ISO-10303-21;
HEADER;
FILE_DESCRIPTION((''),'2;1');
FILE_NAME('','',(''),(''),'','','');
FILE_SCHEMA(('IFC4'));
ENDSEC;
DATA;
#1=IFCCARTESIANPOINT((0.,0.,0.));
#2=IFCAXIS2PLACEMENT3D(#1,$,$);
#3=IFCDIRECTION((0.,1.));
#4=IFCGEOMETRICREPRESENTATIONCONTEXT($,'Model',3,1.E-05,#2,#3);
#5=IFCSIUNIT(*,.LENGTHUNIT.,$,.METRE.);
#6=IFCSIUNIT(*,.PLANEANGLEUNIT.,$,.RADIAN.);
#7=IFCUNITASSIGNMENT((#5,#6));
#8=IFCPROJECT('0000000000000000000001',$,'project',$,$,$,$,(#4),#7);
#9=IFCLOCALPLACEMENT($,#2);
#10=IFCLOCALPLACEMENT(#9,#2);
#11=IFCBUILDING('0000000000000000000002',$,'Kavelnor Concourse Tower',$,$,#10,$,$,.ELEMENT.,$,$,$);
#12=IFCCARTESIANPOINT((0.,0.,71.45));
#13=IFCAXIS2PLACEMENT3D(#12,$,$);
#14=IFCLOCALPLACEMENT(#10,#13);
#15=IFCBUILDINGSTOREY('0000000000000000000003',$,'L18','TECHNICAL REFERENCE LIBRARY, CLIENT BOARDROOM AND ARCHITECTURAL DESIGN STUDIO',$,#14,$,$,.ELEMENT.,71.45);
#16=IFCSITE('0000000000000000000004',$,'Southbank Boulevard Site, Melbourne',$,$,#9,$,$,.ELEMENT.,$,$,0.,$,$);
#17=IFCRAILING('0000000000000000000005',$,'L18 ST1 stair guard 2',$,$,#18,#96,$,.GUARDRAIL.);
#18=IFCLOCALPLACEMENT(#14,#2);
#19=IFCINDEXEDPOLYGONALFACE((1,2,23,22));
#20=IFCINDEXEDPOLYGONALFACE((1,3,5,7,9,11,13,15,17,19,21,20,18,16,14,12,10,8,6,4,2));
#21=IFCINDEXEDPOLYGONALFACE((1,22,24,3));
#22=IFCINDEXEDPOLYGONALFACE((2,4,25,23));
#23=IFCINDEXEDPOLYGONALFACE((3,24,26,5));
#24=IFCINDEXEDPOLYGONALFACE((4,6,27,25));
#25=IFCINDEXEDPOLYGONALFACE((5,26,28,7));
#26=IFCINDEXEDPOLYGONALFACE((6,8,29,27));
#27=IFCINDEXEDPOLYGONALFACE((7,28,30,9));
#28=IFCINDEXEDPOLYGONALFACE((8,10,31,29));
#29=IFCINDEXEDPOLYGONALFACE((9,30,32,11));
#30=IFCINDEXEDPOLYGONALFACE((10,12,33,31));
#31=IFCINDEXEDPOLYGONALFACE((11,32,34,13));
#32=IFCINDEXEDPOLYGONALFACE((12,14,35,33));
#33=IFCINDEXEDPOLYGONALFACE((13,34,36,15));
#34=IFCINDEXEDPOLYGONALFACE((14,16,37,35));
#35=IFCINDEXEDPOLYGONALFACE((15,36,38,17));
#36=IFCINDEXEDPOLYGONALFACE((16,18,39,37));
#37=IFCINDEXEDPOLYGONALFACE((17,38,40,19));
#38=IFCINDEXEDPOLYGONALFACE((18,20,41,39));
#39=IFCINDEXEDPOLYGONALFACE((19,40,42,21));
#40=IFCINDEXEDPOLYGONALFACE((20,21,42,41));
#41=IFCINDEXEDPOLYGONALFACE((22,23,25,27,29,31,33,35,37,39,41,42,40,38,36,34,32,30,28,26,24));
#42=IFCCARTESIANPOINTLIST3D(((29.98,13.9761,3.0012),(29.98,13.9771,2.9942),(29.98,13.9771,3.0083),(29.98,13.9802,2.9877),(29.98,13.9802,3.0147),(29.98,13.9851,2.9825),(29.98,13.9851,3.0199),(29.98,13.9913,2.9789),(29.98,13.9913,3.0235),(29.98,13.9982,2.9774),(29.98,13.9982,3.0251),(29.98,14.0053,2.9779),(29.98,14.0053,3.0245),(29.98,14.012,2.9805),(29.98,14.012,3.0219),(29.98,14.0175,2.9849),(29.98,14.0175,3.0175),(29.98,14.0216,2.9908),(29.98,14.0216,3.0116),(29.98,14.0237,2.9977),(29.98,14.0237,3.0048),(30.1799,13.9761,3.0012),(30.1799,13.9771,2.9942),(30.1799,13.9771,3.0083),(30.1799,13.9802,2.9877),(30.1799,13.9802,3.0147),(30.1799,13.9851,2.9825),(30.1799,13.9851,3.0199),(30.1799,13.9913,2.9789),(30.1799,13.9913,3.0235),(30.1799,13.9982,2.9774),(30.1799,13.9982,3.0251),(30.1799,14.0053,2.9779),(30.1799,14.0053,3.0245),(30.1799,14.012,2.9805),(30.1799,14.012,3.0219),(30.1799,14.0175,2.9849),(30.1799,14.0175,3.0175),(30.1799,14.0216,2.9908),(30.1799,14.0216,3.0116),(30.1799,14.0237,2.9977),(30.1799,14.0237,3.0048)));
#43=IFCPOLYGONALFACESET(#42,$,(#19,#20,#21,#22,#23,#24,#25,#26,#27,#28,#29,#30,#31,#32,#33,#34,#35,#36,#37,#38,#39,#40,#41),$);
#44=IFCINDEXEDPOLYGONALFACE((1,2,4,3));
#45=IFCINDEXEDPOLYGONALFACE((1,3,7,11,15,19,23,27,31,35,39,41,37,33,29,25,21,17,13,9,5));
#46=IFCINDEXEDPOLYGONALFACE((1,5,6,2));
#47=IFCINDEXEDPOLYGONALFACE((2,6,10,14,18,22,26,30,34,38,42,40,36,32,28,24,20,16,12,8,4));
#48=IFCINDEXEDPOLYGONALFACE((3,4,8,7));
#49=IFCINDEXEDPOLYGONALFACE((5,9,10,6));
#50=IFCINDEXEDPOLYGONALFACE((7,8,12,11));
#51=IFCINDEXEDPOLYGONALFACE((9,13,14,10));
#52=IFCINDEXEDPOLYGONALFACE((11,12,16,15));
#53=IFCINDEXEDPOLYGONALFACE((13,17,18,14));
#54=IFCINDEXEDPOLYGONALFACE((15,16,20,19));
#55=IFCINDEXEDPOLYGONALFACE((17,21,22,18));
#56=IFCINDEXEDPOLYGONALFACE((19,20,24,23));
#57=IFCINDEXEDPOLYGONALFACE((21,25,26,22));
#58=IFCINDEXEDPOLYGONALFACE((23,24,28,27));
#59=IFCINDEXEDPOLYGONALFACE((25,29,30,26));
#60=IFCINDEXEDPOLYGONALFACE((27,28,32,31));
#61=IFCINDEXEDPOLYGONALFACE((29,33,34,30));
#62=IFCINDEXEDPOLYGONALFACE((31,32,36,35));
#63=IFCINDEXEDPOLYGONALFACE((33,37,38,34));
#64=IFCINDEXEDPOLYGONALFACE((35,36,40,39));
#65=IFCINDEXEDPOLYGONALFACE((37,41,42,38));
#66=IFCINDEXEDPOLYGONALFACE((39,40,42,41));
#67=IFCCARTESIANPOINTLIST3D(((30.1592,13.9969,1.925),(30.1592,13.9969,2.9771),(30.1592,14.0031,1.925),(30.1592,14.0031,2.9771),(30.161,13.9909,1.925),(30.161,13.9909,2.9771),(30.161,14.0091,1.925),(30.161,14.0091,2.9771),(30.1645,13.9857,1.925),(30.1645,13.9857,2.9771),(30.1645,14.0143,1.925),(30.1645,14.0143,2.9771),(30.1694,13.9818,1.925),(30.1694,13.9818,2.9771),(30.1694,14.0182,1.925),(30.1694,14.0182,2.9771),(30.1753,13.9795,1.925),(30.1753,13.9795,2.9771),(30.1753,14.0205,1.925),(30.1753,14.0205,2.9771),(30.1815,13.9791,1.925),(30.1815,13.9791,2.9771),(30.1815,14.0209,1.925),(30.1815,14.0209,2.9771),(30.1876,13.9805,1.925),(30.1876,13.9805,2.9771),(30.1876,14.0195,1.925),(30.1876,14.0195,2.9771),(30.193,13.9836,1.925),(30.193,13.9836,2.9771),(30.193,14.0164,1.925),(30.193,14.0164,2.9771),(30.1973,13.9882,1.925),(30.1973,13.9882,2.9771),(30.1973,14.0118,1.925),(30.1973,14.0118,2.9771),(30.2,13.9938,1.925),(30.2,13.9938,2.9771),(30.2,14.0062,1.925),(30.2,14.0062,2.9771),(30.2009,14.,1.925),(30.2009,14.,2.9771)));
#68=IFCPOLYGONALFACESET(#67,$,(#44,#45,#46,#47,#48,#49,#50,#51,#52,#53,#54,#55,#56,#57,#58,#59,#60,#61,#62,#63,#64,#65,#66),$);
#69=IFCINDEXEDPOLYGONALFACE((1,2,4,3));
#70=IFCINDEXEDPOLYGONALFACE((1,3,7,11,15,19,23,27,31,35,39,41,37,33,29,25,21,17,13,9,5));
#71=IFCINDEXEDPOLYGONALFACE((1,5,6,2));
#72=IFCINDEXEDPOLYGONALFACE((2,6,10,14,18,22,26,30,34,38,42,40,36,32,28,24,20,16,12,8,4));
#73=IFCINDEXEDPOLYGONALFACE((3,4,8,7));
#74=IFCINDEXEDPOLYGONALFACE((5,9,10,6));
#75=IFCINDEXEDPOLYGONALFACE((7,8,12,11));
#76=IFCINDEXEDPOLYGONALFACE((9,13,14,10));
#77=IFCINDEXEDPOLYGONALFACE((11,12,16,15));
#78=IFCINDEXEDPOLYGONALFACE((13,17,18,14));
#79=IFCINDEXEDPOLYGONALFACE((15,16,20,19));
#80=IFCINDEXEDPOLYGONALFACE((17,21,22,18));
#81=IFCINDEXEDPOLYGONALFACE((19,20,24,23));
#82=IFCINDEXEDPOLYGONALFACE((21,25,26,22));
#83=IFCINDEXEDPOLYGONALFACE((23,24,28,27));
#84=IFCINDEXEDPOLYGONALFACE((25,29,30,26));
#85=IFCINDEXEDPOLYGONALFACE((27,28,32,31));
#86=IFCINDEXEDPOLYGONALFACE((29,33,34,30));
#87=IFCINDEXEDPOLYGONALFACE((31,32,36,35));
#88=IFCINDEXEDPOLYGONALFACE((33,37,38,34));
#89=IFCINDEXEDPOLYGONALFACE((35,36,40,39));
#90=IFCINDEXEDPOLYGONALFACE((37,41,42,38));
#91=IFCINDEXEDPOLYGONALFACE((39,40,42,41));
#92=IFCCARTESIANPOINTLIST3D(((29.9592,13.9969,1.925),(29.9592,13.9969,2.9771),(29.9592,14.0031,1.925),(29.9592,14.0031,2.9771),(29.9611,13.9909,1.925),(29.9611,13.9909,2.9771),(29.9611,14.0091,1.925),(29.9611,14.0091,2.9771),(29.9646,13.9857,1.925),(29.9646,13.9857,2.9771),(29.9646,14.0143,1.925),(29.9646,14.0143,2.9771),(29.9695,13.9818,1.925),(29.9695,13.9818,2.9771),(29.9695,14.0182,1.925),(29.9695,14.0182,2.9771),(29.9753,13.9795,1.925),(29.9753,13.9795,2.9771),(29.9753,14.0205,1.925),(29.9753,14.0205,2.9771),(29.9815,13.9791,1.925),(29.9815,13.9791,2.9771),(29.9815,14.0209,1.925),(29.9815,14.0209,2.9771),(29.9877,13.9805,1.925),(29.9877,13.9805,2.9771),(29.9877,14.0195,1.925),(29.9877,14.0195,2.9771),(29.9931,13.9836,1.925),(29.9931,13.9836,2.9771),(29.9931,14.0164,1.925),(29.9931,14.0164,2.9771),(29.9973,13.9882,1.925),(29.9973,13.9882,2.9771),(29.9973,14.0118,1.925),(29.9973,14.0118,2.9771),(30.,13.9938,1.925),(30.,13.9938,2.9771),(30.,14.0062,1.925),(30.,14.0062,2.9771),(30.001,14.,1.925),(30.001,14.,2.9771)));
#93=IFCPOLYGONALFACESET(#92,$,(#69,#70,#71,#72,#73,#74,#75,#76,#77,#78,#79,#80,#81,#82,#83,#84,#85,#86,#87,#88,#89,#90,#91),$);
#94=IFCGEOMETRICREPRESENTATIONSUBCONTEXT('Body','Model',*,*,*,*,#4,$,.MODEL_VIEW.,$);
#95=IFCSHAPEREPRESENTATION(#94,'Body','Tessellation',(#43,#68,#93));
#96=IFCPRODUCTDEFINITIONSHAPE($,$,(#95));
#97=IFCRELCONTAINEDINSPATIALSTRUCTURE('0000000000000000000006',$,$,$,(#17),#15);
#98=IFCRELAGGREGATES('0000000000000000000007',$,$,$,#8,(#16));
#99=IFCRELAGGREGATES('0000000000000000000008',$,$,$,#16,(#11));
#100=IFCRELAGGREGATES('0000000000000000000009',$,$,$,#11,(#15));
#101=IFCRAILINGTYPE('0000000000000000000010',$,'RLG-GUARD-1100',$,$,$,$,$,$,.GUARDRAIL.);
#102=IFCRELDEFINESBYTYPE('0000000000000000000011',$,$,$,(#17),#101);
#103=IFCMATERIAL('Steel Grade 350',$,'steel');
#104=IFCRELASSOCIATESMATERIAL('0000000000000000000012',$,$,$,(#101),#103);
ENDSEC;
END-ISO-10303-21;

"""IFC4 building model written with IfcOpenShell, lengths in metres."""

from ifc_helpers import new_model, si_unit, direction, frame, origin, origin_2d, place, context, subcontext, project, spatial, circle, extrude, material, type_object, element, save


model = new_model("IFC4")

# Units and contexts
model_context = context("Model", 3, precision=1e-05, world=origin(), true_north=direction((0.0, 1.0)))
body_context = subcontext(model_context, "Body", "Model", "MODEL_VIEW")
ifc_project = project(units=[si_unit("LENGTHUNIT", "METRE"), si_unit("PLANEANGLEUNIT", "RADIAN")], contexts=[model_context])

# Site, building, storey
site_placement = place(None, origin())
site = spatial("IfcSite", under=ifc_project, at=site_placement, Name="Southbank Boulevard Site, Melbourne", CompositionType="ELEMENT", RefElevation=0.0)
building_placement = place(site_placement, origin())
building = spatial("IfcBuilding", under=site, at=building_placement, Name="Kavelnor Concourse Tower", CompositionType="ELEMENT")
storey_placement = place(building_placement, frame((0.0, 0.0, 71.45)))
storey = spatial("IfcBuildingStorey", under=building, at=storey_placement, Name="L18", Description="TECHNICAL REFERENCE LIBRARY, CLIENT BOARDROOM AND ARCHITECTURAL DESIGN STUDIO", CompositionType="ELEMENT", Elevation=71.45)

# Shared definitions
ifc_material_1 = material(Name="Steel Grade 350", Category="steel")

# Railing
railing_type_1 = type_object("IfcRailingType", Name="RLG-GUARD-1100", PredefinedType="GUARDRAIL", material=ifc_material_1)
railing_1_placement = place(storey_placement, frame((30.1799, 14.0, 1.925)))
element("IfcRailing", 1, at=railing_1_placement, inside=storey, type_object=railing_type_1, Name="L18 ST1 stair guard 2", PredefinedType="GUARDRAIL", context=body_context, shape_type="SweptSolid", body=[
    extrude(circle(Radius=0.0239, at=origin_2d()), frame((0.0, 0.0, 1.0762), z_axis=(-1.0, 0.0, 0.0), x_axis=(0.0, -1.0, 0.0)), (0.0, 0.0, 1.0), 0.2),
    extrude(circle(Radius=0.021, at=origin_2d()), origin(), (0.0, 0.0, 1.0), 1.052),
    extrude(circle(Radius=0.021, at=origin_2d()), frame((-0.2, 0.0, 0.0)), (0.0, 0.0, 1.0), 1.052),
])

save(model, "model.ifc")
